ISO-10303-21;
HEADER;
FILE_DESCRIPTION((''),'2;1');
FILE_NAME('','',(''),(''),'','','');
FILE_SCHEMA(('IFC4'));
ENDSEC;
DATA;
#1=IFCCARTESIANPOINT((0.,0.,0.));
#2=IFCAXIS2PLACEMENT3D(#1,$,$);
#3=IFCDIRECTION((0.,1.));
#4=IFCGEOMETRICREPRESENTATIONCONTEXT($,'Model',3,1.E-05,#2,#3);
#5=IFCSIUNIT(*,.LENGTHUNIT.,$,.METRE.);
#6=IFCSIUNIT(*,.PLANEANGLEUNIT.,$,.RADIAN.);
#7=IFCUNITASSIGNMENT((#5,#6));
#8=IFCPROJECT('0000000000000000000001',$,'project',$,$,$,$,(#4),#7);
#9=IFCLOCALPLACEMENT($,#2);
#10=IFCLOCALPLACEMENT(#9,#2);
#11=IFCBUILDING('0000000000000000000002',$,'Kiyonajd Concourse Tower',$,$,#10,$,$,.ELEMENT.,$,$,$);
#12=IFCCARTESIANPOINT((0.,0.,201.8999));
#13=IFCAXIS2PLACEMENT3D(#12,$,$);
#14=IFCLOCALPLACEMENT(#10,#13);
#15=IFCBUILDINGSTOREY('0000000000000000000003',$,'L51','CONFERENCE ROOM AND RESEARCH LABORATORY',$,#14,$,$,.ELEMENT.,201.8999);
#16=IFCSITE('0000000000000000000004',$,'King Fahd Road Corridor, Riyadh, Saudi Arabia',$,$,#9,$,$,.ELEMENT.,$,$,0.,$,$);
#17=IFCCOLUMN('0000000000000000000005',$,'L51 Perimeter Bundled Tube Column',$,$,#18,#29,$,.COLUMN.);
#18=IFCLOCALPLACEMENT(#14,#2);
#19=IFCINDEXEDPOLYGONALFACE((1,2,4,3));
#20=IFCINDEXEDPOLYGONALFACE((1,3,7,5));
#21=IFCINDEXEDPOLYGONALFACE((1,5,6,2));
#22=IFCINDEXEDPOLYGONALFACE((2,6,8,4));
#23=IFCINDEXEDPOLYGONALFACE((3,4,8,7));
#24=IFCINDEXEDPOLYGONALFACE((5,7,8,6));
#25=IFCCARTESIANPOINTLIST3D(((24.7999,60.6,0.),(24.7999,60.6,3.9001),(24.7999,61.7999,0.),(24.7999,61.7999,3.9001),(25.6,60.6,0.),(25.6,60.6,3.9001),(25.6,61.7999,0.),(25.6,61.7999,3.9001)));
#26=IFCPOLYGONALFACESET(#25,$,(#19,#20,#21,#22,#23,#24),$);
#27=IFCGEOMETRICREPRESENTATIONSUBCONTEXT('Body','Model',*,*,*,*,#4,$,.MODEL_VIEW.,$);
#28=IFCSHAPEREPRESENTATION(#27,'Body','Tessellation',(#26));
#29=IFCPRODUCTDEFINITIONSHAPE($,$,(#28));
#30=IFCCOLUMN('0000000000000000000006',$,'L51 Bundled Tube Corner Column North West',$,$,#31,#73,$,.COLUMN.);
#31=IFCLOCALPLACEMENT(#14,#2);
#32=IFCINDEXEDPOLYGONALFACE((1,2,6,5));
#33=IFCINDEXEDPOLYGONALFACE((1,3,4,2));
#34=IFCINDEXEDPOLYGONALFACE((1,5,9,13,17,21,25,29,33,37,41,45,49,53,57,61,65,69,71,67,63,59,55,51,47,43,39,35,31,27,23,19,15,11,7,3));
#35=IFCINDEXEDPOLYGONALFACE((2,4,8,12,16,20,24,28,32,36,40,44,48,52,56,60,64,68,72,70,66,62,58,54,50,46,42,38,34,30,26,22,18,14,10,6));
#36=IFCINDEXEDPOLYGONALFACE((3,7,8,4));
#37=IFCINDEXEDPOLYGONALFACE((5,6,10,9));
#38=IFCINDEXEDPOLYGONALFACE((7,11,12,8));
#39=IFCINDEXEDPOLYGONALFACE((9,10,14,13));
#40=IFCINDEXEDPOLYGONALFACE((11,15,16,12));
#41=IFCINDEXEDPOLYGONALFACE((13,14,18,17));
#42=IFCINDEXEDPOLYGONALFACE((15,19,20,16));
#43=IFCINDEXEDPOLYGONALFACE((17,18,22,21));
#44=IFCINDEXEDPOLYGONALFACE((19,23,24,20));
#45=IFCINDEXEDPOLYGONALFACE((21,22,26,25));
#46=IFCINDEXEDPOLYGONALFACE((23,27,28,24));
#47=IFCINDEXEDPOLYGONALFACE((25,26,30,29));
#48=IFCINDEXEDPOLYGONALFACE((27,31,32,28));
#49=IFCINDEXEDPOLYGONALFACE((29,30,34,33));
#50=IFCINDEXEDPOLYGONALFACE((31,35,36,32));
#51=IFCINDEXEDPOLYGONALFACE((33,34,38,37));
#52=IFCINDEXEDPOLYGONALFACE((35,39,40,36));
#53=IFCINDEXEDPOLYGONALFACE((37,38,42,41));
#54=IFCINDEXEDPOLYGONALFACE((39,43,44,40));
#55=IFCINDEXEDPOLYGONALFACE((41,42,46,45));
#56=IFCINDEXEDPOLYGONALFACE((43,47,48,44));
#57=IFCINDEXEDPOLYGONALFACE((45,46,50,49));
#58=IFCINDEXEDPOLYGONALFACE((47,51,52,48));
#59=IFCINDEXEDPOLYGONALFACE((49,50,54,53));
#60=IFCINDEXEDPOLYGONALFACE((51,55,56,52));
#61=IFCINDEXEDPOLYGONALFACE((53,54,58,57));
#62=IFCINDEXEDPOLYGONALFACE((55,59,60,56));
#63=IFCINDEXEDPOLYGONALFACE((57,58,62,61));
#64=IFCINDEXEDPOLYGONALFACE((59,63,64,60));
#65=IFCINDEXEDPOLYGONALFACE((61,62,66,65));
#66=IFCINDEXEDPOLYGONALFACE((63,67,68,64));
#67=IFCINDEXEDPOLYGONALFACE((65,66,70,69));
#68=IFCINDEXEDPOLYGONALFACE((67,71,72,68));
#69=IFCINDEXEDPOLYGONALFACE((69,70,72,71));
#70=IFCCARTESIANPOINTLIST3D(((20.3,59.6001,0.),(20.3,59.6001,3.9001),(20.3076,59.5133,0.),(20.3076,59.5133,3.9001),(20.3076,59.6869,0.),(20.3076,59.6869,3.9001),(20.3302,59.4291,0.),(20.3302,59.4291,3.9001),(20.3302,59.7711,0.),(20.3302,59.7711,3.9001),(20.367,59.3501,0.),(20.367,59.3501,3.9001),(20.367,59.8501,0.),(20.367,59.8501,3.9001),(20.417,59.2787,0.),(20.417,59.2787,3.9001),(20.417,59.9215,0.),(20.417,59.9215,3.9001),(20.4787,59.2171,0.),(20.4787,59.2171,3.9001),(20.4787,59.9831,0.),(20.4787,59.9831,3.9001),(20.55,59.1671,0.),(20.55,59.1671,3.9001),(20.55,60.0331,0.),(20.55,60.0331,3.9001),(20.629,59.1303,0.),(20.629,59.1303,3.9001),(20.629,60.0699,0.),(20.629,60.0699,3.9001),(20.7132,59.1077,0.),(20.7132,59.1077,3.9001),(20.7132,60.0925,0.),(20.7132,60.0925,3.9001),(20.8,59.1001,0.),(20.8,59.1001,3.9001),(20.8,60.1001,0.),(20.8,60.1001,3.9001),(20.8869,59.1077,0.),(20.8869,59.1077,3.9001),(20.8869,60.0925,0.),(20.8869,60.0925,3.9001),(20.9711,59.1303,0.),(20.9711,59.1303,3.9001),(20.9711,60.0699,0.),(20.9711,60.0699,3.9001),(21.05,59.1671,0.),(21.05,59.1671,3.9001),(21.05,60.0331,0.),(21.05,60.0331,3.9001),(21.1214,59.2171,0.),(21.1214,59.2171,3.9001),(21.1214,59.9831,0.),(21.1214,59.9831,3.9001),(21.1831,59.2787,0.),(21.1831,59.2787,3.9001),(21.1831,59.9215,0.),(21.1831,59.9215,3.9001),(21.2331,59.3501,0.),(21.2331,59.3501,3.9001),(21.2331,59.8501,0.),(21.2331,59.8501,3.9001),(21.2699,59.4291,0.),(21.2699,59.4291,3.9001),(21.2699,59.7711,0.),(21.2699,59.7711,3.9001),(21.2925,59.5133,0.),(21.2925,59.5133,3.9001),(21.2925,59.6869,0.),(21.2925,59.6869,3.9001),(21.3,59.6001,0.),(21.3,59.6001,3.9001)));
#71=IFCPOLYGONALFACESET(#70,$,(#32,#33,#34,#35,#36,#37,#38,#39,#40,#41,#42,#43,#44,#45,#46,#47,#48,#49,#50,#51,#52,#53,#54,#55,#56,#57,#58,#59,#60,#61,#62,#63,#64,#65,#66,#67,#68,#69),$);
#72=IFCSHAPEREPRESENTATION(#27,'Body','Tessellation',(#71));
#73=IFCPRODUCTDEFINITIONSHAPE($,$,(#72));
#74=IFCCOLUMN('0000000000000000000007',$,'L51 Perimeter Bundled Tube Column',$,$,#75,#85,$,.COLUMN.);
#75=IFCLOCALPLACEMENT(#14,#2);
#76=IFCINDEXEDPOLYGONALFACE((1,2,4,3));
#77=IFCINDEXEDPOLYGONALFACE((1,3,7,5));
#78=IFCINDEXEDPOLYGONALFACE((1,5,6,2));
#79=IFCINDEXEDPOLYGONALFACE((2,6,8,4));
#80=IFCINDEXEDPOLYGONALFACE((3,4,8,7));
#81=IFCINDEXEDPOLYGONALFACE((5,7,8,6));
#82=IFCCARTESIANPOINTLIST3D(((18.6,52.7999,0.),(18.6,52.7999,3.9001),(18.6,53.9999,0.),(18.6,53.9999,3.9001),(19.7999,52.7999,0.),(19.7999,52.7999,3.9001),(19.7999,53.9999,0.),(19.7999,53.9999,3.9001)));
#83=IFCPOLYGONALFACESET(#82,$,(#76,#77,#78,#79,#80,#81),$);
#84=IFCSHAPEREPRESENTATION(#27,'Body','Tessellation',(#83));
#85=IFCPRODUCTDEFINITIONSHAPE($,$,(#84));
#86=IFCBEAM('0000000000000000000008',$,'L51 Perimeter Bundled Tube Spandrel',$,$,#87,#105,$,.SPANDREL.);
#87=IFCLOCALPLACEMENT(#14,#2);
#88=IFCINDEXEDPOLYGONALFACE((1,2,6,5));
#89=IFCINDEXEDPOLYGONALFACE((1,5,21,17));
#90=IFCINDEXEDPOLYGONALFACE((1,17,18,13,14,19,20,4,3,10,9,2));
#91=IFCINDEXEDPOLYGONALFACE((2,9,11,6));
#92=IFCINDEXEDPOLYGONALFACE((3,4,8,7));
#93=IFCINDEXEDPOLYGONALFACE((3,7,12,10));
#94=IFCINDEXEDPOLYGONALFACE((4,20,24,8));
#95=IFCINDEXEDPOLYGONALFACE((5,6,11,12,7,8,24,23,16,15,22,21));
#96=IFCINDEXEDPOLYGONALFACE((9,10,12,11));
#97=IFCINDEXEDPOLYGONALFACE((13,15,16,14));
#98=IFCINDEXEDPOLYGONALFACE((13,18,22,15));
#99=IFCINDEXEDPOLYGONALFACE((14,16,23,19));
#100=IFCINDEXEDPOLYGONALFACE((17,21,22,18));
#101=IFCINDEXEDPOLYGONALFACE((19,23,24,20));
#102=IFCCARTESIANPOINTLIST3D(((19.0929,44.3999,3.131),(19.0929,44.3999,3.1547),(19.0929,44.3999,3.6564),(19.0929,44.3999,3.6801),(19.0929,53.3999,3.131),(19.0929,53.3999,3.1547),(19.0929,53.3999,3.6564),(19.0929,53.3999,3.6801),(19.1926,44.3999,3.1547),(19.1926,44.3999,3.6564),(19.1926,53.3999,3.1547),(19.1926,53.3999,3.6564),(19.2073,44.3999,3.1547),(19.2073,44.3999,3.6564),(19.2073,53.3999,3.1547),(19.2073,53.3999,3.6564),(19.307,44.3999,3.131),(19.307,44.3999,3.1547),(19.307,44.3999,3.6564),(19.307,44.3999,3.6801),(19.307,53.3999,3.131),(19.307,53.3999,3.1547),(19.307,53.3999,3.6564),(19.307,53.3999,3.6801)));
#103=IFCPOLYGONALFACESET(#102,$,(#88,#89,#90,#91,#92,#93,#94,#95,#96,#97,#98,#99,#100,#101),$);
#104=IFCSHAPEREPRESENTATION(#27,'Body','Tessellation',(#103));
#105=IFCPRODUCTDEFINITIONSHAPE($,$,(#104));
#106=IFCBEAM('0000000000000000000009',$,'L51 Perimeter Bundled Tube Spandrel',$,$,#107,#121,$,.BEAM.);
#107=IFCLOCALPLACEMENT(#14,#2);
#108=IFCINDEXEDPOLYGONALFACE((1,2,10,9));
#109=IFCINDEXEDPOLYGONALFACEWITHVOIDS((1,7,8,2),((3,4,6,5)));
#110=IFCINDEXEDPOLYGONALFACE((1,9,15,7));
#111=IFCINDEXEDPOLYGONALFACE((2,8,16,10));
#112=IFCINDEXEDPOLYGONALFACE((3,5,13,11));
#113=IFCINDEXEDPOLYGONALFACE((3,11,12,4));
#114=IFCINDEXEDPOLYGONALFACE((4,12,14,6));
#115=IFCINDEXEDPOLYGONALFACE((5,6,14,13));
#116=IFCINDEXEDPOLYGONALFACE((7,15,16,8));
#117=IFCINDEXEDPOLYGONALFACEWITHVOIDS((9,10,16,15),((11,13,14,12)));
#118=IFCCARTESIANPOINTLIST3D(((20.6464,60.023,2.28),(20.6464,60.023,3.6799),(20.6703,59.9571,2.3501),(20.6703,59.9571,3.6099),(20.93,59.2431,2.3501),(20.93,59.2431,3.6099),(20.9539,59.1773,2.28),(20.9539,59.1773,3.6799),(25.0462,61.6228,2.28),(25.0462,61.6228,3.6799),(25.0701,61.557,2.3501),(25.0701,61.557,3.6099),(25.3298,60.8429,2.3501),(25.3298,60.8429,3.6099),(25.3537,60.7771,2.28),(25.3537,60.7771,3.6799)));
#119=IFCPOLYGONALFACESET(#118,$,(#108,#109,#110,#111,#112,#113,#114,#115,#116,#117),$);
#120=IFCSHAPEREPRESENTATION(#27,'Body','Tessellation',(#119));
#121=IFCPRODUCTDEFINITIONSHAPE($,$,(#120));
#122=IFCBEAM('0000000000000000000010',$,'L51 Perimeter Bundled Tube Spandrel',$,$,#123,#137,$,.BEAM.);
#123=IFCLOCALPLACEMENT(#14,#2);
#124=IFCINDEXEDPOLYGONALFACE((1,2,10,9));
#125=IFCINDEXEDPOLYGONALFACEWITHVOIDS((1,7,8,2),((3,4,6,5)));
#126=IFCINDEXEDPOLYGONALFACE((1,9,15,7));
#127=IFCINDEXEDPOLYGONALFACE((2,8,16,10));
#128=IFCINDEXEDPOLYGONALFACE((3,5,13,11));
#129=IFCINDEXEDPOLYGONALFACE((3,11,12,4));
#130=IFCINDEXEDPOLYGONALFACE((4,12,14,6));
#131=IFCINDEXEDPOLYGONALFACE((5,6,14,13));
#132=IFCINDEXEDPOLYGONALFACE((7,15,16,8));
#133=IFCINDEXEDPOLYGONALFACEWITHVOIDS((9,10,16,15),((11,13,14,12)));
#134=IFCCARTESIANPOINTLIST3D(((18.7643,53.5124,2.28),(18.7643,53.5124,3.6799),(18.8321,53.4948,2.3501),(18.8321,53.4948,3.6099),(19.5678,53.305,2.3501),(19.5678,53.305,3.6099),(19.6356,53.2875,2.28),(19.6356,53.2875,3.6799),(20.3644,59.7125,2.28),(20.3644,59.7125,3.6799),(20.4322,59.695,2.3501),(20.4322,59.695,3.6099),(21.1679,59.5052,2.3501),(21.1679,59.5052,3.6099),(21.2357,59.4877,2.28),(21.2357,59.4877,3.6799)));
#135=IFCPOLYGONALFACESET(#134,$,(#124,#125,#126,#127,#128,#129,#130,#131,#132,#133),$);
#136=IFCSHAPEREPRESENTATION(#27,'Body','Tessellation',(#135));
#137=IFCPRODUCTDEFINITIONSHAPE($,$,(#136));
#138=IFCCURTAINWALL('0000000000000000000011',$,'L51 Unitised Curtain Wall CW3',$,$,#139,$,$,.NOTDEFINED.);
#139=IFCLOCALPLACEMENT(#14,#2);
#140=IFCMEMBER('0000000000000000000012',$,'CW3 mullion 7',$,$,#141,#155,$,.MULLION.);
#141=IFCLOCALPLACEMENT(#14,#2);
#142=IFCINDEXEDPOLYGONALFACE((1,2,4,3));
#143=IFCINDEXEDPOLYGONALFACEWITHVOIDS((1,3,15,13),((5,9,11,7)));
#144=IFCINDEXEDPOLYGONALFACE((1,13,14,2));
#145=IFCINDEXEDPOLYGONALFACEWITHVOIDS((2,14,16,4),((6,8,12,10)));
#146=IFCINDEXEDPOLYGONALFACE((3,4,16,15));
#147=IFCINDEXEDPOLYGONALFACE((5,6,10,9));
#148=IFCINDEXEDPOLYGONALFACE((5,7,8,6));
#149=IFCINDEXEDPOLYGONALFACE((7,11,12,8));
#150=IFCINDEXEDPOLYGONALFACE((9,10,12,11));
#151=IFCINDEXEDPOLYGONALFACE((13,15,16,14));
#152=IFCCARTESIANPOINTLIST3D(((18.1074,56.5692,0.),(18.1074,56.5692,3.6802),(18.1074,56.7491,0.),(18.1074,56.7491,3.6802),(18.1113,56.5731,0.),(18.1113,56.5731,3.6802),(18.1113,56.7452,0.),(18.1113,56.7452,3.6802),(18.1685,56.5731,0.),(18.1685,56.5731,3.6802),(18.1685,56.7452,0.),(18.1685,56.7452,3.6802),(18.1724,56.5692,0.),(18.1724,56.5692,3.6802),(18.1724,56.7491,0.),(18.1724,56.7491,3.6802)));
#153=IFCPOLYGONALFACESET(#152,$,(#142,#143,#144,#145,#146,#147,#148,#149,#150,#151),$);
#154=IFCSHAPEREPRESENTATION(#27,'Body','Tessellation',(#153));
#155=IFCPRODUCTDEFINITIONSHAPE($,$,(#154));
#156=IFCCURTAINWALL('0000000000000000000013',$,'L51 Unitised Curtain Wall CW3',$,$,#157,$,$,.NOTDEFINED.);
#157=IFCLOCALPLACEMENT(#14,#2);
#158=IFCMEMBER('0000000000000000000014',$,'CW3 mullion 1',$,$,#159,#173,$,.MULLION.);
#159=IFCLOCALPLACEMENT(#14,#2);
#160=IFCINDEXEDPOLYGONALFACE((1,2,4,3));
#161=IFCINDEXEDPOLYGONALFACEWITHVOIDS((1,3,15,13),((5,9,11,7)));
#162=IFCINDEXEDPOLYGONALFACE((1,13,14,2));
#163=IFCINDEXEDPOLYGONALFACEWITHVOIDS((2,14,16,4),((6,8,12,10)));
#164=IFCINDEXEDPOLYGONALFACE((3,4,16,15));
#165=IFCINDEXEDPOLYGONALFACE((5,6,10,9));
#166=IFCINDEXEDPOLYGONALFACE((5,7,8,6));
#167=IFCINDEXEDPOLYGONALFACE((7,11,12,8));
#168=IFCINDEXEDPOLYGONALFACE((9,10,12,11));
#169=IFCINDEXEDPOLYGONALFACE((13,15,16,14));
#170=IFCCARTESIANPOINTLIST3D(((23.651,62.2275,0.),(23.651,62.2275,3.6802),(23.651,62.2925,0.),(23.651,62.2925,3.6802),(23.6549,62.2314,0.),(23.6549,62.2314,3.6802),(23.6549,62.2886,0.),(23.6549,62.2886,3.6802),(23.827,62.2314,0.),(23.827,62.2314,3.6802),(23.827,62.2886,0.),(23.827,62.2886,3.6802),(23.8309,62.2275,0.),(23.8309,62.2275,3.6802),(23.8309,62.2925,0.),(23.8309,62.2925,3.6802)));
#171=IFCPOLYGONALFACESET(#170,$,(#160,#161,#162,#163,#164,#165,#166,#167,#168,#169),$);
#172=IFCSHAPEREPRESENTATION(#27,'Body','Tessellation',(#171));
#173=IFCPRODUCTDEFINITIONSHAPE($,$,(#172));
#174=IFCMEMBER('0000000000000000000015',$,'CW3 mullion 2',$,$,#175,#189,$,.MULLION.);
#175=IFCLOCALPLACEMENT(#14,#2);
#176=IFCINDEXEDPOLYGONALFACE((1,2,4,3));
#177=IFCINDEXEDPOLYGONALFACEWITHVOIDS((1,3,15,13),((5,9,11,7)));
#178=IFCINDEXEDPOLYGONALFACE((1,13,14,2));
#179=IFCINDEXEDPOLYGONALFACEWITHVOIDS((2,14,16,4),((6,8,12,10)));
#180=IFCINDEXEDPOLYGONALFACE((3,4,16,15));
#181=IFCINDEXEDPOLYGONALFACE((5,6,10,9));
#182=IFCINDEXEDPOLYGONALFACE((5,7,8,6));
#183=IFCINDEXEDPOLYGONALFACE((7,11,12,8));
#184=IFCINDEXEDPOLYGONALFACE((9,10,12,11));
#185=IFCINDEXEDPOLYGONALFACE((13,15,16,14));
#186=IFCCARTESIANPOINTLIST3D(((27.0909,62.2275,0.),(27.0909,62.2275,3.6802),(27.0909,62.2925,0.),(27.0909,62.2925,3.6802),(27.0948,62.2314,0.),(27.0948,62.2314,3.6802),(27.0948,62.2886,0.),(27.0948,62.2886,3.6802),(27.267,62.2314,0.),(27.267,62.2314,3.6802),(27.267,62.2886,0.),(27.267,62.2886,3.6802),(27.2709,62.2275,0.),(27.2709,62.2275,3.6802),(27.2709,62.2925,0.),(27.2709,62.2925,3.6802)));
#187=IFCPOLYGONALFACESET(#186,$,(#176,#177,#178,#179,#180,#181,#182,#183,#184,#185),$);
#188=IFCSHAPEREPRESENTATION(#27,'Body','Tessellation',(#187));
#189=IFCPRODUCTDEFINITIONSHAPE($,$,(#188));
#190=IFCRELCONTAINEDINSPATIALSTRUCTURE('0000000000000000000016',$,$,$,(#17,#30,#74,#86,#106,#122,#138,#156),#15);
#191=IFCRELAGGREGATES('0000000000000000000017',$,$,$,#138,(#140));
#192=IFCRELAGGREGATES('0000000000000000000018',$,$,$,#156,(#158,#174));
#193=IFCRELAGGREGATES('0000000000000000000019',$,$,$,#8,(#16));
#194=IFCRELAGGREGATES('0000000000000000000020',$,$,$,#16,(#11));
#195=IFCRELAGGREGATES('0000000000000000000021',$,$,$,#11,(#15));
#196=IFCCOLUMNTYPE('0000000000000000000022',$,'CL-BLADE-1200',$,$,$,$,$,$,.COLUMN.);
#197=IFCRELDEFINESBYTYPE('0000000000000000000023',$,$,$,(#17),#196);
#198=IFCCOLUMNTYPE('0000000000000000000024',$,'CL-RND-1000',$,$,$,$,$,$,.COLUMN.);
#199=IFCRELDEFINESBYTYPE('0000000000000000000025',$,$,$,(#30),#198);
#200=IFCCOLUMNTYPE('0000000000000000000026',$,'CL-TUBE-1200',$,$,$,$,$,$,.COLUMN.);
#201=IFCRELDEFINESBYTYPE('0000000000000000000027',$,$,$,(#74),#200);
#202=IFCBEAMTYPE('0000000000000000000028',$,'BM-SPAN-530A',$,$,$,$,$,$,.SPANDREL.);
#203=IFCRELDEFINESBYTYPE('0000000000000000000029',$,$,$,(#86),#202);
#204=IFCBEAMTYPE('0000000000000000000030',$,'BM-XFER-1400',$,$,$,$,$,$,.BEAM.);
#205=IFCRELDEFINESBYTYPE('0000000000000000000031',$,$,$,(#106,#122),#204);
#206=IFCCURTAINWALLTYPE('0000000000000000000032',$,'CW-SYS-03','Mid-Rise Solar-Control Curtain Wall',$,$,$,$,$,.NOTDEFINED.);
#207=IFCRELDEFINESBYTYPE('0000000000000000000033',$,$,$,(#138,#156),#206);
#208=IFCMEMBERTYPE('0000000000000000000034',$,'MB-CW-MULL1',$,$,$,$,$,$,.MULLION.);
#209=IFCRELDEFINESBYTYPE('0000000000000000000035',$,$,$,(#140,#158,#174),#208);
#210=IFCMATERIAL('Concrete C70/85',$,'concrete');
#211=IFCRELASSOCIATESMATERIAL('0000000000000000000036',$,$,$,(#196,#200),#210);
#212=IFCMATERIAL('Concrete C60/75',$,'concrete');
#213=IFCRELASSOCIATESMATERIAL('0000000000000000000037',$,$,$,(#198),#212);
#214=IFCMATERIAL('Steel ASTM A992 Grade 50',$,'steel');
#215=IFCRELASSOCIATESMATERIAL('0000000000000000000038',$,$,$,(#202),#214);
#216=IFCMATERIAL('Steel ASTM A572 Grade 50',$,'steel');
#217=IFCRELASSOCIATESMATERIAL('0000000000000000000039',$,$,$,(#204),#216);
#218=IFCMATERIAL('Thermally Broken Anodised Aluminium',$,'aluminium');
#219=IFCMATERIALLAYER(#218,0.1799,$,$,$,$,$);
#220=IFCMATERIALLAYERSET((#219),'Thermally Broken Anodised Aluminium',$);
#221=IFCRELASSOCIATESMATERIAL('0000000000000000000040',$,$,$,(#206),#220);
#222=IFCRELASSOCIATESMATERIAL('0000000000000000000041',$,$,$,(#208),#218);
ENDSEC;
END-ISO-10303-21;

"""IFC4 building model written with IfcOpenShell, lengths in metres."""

from ifc_helpers import new_model, si_unit, direction, frame, origin, origin_2d, place, context, subcontext, project, spatial, rectangle, hollow_rectangle, circle, i_section, extrude, material, layer, layer_set, material_profile, profile_set, type_object, element, aggregate, save


model = new_model("IFC4")

# Units and contexts
model_context = context("Model", 3, precision=1e-05, world=origin(), true_north=direction((0.0, 1.0)))
body_context = subcontext(model_context, "Body", "Model", "MODEL_VIEW")
ifc_project = project(units=[si_unit("LENGTHUNIT", "METRE"), si_unit("PLANEANGLEUNIT", "RADIAN")], contexts=[model_context])

# Site, building, storey
site_placement = place(None, origin())
site = spatial("IfcSite", under=ifc_project, at=site_placement, Name="King Fahd Road Corridor, Riyadh, Saudi Arabia", CompositionType="ELEMENT", RefElevation=0.0)
building_placement = place(site_placement, origin())
building = spatial("IfcBuilding", under=site, at=building_placement, Name="Kiyonajd Concourse Tower", CompositionType="ELEMENT")
storey_placement = place(building_placement, frame((0.0, 0.0, 201.8999)))
storey = spatial("IfcBuildingStorey", under=building, at=storey_placement, Name="L51", Description="CONFERENCE ROOM AND RESEARCH LABORATORY", CompositionType="ELEMENT", Elevation=201.8999)

# Columns
ifc_material_1 = material(Name="Concrete C70/85", Category="concrete")
ifc_material_profile_1 = material_profile(ifc_material_1, rectangle(XDim=0.8, YDim=1.2, at=origin_2d()), Name="RC-1200x800")
ifc_profile_set_1 = profile_set([ifc_material_profile_1], Name="Concrete C70/85")
column_type_1 = type_object("IfcColumnType", Name="CL-BLADE-1200", PredefinedType="COLUMN", material=ifc_profile_set_1)
column_1_placement = place(storey_placement, frame((25.2, 61.2, 0.0), z_axis=(0.0, 0.0, 1.0), x_axis=(1.0, 0.0, 0.0)))
element("IfcColumn", 1, at=column_1_placement, inside=storey, type_object=column_type_1, Name="L51 Perimeter Bundled Tube Column", PredefinedType="COLUMN", context=body_context, shape_type="SweptSolid", body=[
    extrude(rectangle(XDim=0.8, YDim=1.2, at=origin_2d()), origin(), (0.0, 0.0, 1.0), 3.9001),
])
ifc_material_2 = material(Name="Concrete C60/75", Category="concrete")
ifc_material_profile_2 = material_profile(ifc_material_2, circle(Radius=0.5, at=origin_2d()), Name="RCC-D1000")
ifc_profile_set_2 = profile_set([ifc_material_profile_2], Name="Concrete C60/75")
column_type_2 = type_object("IfcColumnType", Name="CL-RND-1000", PredefinedType="COLUMN", material=ifc_profile_set_2)
column_2_placement = place(storey_placement, frame((20.8, 59.6001, 0.0), z_axis=(0.0, 0.0, 1.0), x_axis=(1.0, 0.0, 0.0)))
element("IfcColumn", 2, at=column_2_placement, inside=storey, type_object=column_type_2, Name="L51 Bundled Tube Corner Column North West", PredefinedType="COLUMN", context=body_context, shape_type="SweptSolid", body=[
    extrude(circle(Radius=0.5, at=origin_2d()), origin(), (0.0, 0.0, 1.0), 3.9001),
])
ifc_material_profile_3 = material_profile(ifc_material_1, rectangle(XDim=1.2, YDim=1.2, at=origin_2d()), Name="RC-1200x1200")
ifc_profile_set_3 = profile_set([ifc_material_profile_3], Name="Concrete C70/85")
column_type_3 = type_object("IfcColumnType", Name="CL-TUBE-1200", PredefinedType="COLUMN", material=ifc_profile_set_3)
column_3_placement = place(storey_placement, frame((19.2, 53.3999, 0.0), z_axis=(0.0, 0.0, 1.0), x_axis=(1.0, 0.0, 0.0)))
element("IfcColumn", 3, at=column_3_placement, inside=storey, type_object=column_type_3, Name="L51 Perimeter Bundled Tube Column", PredefinedType="COLUMN", context=body_context, shape_type="SweptSolid", body=[
    extrude(rectangle(XDim=1.2, YDim=1.2, at=origin_2d()), origin(), (0.0, 0.0, 1.0), 3.9001),
])

# Beams
ifc_material_3 = material(Name="Steel ASTM A992 Grade 50", Category="steel")
ifc_material_profile_4 = material_profile(ifc_material_3, i_section(OverallWidth=0.2141, OverallDepth=0.5491, WebThickness=0.0146, FlangeThickness=0.0237, at=origin_2d()), Name="W530X138")
ifc_profile_set_4 = profile_set([ifc_material_profile_4], Name="Steel ASTM A992 Grade 50")
beam_type_1 = type_object("IfcBeamType", Name="BM-SPAN-530A", PredefinedType="SPANDREL", material=ifc_profile_set_4)
beam_1_placement = place(storey_placement, frame((19.2, 53.3999, 3.4055), z_axis=(0.0, -1.0, 0.0), x_axis=(1.0, 0.0, 0.0)))
element("IfcBeam", 4, at=beam_1_placement, inside=storey, type_object=beam_type_1, Name="L51 Perimeter Bundled Tube Spandrel", PredefinedType="SPANDREL", context=body_context, shape_type="SweptSolid", body=[
    extrude(i_section(OverallWidth=0.2141, OverallDepth=0.5491, WebThickness=0.0146, FlangeThickness=0.0237, at=origin_2d()), origin(), (0.0, 0.0, 1.0), 9.0),
])
ifc_material_4 = material(Name="Steel ASTM A572 Grade 50", Category="steel")
ifc_material_profile_5 = material_profile(ifc_material_4, hollow_rectangle(XDim=0.8999, YDim=1.3999, WallThickness=0.0701, at=origin_2d()), Name="BOX-1400x900x70")
ifc_profile_set_5 = profile_set([ifc_material_profile_5], Name="Steel ASTM A572 Grade 50")
beam_type_2 = type_object("IfcBeamType", Name="BM-XFER-1400", PredefinedType="BEAM", material=ifc_profile_set_5)
beam_2_placement = place(storey_placement, frame((25.2, 61.2, 2.98), z_axis=(-0.939801, -0.341722, 0.0), x_axis=(0.341722, -0.939801, 0.0)))
element("IfcBeam", 5, at=beam_2_placement, inside=storey, type_object=beam_type_2, Name="L51 Perimeter Bundled Tube Spandrel", PredefinedType="BEAM", context=body_context, shape_type="SweptSolid", body=[
    extrude(hollow_rectangle(XDim=0.8999, YDim=1.3999, WallThickness=0.0701, at=origin_2d()), origin(), (0.0, 0.0, 1.0), 4.6816),
])
beam_3_placement = place(storey_placement, frame((20.8, 59.6001, 2.98), z_axis=(-0.249885, -0.968276, 0.0), x_axis=(0.968276, -0.249885, 0.0)))
element("IfcBeam", 6, at=beam_3_placement, inside=storey, type_object=beam_type_2, Name="L51 Perimeter Bundled Tube Spandrel", PredefinedType="BEAM", context=body_context, shape_type="SweptSolid", body=[
    extrude(hollow_rectangle(XDim=0.8999, YDim=1.3999, WallThickness=0.0701, at=origin_2d()), origin(), (0.0, 0.0, 1.0), 6.4033),
])

# Curtain wall, member
ifc_material_5 = material(Name="Thermally Broken Anodised Aluminium", Category="aluminium")
ifc_layer_1 = layer(ifc_material_5, 0.1799)
ifc_layer_set_1 = layer_set([ifc_layer_1], Name="Thermally Broken Anodised Aluminium")
curtain_wall_type = type_object("IfcCurtainWallType", Name="CW-SYS-03", Description="Mid-Rise Solar-Control Curtain Wall", PredefinedType="NOTDEFINED", material=ifc_layer_set_1)
curtain_wall_1_placement = place(storey_placement, origin())
curtain_wall_1 = element("IfcCurtainWall", 7, at=curtain_wall_1_placement, inside=storey, type_object=curtain_wall_type, Name="L51 Unitised Curtain Wall CW3", PredefinedType="NOTDEFINED")
ifc_material_profile_6 = material_profile(ifc_material_5, hollow_rectangle(XDim=0.0649, YDim=0.1799, WallThickness=0.0039, at=origin_2d()), Name="MULL-65x180")
ifc_profile_set_6 = profile_set([ifc_material_profile_6], Name="Thermally Broken Anodised Aluminium")
member_type_1 = type_object("IfcMemberType", Name="MB-CW-MULL1", PredefinedType="MULLION", material=ifc_profile_set_6)
member_1_placement = place(storey_placement, frame((18.1399, 56.6592, 0.0), z_axis=(0.0, 0.0, 1.0), x_axis=(-1.0, 0.0, 0.0)))
member_1 = element("IfcMember", 8, at=member_1_placement, type_object=member_type_1, Name="CW3 mullion 7", PredefinedType="MULLION", context=body_context, shape_type="SweptSolid", body=[
    extrude(hollow_rectangle(XDim=0.0649, YDim=0.1799, WallThickness=0.0039, at=origin_2d()), origin(), (0.0, 0.0, 1.0), 3.6802),
])

# Curtain wall, members
curtain_wall_2_placement = place(storey_placement, origin())
curtain_wall_2 = element("IfcCurtainWall", 9, at=curtain_wall_2_placement, inside=storey, type_object=curtain_wall_type, Name="L51 Unitised Curtain Wall CW3", PredefinedType="NOTDEFINED")
member_2_placement = place(storey_placement, frame((23.741, 62.26, 0.0), z_axis=(0.0, 0.0, 1.0), x_axis=(0.0, 1.0, 0.0)))
member_2 = element("IfcMember", 10, at=member_2_placement, type_object=member_type_1, Name="CW3 mullion 1", PredefinedType="MULLION", context=body_context, shape_type="SweptSolid", body=[
    extrude(hollow_rectangle(XDim=0.0649, YDim=0.1799, WallThickness=0.0039, at=origin_2d()), origin(), (0.0, 0.0, 1.0), 3.6802),
])
member_3_placement = place(storey_placement, frame((27.1809, 62.26, 0.0), z_axis=(0.0, 0.0, 1.0), x_axis=(0.0, 1.0, 0.0)))
member_3 = element("IfcMember", 11, at=member_3_placement, type_object=member_type_1, Name="CW3 mullion 2", PredefinedType="MULLION", context=body_context, shape_type="SweptSolid", body=[
    extrude(hollow_rectangle(XDim=0.0649, YDim=0.1799, WallThickness=0.0039, at=origin_2d()), origin(), (0.0, 0.0, 1.0), 3.6802),
])

aggregate(curtain_wall_1, [member_1])
aggregate(curtain_wall_2, [member_2, member_3])

save(model, "model.ifc")
